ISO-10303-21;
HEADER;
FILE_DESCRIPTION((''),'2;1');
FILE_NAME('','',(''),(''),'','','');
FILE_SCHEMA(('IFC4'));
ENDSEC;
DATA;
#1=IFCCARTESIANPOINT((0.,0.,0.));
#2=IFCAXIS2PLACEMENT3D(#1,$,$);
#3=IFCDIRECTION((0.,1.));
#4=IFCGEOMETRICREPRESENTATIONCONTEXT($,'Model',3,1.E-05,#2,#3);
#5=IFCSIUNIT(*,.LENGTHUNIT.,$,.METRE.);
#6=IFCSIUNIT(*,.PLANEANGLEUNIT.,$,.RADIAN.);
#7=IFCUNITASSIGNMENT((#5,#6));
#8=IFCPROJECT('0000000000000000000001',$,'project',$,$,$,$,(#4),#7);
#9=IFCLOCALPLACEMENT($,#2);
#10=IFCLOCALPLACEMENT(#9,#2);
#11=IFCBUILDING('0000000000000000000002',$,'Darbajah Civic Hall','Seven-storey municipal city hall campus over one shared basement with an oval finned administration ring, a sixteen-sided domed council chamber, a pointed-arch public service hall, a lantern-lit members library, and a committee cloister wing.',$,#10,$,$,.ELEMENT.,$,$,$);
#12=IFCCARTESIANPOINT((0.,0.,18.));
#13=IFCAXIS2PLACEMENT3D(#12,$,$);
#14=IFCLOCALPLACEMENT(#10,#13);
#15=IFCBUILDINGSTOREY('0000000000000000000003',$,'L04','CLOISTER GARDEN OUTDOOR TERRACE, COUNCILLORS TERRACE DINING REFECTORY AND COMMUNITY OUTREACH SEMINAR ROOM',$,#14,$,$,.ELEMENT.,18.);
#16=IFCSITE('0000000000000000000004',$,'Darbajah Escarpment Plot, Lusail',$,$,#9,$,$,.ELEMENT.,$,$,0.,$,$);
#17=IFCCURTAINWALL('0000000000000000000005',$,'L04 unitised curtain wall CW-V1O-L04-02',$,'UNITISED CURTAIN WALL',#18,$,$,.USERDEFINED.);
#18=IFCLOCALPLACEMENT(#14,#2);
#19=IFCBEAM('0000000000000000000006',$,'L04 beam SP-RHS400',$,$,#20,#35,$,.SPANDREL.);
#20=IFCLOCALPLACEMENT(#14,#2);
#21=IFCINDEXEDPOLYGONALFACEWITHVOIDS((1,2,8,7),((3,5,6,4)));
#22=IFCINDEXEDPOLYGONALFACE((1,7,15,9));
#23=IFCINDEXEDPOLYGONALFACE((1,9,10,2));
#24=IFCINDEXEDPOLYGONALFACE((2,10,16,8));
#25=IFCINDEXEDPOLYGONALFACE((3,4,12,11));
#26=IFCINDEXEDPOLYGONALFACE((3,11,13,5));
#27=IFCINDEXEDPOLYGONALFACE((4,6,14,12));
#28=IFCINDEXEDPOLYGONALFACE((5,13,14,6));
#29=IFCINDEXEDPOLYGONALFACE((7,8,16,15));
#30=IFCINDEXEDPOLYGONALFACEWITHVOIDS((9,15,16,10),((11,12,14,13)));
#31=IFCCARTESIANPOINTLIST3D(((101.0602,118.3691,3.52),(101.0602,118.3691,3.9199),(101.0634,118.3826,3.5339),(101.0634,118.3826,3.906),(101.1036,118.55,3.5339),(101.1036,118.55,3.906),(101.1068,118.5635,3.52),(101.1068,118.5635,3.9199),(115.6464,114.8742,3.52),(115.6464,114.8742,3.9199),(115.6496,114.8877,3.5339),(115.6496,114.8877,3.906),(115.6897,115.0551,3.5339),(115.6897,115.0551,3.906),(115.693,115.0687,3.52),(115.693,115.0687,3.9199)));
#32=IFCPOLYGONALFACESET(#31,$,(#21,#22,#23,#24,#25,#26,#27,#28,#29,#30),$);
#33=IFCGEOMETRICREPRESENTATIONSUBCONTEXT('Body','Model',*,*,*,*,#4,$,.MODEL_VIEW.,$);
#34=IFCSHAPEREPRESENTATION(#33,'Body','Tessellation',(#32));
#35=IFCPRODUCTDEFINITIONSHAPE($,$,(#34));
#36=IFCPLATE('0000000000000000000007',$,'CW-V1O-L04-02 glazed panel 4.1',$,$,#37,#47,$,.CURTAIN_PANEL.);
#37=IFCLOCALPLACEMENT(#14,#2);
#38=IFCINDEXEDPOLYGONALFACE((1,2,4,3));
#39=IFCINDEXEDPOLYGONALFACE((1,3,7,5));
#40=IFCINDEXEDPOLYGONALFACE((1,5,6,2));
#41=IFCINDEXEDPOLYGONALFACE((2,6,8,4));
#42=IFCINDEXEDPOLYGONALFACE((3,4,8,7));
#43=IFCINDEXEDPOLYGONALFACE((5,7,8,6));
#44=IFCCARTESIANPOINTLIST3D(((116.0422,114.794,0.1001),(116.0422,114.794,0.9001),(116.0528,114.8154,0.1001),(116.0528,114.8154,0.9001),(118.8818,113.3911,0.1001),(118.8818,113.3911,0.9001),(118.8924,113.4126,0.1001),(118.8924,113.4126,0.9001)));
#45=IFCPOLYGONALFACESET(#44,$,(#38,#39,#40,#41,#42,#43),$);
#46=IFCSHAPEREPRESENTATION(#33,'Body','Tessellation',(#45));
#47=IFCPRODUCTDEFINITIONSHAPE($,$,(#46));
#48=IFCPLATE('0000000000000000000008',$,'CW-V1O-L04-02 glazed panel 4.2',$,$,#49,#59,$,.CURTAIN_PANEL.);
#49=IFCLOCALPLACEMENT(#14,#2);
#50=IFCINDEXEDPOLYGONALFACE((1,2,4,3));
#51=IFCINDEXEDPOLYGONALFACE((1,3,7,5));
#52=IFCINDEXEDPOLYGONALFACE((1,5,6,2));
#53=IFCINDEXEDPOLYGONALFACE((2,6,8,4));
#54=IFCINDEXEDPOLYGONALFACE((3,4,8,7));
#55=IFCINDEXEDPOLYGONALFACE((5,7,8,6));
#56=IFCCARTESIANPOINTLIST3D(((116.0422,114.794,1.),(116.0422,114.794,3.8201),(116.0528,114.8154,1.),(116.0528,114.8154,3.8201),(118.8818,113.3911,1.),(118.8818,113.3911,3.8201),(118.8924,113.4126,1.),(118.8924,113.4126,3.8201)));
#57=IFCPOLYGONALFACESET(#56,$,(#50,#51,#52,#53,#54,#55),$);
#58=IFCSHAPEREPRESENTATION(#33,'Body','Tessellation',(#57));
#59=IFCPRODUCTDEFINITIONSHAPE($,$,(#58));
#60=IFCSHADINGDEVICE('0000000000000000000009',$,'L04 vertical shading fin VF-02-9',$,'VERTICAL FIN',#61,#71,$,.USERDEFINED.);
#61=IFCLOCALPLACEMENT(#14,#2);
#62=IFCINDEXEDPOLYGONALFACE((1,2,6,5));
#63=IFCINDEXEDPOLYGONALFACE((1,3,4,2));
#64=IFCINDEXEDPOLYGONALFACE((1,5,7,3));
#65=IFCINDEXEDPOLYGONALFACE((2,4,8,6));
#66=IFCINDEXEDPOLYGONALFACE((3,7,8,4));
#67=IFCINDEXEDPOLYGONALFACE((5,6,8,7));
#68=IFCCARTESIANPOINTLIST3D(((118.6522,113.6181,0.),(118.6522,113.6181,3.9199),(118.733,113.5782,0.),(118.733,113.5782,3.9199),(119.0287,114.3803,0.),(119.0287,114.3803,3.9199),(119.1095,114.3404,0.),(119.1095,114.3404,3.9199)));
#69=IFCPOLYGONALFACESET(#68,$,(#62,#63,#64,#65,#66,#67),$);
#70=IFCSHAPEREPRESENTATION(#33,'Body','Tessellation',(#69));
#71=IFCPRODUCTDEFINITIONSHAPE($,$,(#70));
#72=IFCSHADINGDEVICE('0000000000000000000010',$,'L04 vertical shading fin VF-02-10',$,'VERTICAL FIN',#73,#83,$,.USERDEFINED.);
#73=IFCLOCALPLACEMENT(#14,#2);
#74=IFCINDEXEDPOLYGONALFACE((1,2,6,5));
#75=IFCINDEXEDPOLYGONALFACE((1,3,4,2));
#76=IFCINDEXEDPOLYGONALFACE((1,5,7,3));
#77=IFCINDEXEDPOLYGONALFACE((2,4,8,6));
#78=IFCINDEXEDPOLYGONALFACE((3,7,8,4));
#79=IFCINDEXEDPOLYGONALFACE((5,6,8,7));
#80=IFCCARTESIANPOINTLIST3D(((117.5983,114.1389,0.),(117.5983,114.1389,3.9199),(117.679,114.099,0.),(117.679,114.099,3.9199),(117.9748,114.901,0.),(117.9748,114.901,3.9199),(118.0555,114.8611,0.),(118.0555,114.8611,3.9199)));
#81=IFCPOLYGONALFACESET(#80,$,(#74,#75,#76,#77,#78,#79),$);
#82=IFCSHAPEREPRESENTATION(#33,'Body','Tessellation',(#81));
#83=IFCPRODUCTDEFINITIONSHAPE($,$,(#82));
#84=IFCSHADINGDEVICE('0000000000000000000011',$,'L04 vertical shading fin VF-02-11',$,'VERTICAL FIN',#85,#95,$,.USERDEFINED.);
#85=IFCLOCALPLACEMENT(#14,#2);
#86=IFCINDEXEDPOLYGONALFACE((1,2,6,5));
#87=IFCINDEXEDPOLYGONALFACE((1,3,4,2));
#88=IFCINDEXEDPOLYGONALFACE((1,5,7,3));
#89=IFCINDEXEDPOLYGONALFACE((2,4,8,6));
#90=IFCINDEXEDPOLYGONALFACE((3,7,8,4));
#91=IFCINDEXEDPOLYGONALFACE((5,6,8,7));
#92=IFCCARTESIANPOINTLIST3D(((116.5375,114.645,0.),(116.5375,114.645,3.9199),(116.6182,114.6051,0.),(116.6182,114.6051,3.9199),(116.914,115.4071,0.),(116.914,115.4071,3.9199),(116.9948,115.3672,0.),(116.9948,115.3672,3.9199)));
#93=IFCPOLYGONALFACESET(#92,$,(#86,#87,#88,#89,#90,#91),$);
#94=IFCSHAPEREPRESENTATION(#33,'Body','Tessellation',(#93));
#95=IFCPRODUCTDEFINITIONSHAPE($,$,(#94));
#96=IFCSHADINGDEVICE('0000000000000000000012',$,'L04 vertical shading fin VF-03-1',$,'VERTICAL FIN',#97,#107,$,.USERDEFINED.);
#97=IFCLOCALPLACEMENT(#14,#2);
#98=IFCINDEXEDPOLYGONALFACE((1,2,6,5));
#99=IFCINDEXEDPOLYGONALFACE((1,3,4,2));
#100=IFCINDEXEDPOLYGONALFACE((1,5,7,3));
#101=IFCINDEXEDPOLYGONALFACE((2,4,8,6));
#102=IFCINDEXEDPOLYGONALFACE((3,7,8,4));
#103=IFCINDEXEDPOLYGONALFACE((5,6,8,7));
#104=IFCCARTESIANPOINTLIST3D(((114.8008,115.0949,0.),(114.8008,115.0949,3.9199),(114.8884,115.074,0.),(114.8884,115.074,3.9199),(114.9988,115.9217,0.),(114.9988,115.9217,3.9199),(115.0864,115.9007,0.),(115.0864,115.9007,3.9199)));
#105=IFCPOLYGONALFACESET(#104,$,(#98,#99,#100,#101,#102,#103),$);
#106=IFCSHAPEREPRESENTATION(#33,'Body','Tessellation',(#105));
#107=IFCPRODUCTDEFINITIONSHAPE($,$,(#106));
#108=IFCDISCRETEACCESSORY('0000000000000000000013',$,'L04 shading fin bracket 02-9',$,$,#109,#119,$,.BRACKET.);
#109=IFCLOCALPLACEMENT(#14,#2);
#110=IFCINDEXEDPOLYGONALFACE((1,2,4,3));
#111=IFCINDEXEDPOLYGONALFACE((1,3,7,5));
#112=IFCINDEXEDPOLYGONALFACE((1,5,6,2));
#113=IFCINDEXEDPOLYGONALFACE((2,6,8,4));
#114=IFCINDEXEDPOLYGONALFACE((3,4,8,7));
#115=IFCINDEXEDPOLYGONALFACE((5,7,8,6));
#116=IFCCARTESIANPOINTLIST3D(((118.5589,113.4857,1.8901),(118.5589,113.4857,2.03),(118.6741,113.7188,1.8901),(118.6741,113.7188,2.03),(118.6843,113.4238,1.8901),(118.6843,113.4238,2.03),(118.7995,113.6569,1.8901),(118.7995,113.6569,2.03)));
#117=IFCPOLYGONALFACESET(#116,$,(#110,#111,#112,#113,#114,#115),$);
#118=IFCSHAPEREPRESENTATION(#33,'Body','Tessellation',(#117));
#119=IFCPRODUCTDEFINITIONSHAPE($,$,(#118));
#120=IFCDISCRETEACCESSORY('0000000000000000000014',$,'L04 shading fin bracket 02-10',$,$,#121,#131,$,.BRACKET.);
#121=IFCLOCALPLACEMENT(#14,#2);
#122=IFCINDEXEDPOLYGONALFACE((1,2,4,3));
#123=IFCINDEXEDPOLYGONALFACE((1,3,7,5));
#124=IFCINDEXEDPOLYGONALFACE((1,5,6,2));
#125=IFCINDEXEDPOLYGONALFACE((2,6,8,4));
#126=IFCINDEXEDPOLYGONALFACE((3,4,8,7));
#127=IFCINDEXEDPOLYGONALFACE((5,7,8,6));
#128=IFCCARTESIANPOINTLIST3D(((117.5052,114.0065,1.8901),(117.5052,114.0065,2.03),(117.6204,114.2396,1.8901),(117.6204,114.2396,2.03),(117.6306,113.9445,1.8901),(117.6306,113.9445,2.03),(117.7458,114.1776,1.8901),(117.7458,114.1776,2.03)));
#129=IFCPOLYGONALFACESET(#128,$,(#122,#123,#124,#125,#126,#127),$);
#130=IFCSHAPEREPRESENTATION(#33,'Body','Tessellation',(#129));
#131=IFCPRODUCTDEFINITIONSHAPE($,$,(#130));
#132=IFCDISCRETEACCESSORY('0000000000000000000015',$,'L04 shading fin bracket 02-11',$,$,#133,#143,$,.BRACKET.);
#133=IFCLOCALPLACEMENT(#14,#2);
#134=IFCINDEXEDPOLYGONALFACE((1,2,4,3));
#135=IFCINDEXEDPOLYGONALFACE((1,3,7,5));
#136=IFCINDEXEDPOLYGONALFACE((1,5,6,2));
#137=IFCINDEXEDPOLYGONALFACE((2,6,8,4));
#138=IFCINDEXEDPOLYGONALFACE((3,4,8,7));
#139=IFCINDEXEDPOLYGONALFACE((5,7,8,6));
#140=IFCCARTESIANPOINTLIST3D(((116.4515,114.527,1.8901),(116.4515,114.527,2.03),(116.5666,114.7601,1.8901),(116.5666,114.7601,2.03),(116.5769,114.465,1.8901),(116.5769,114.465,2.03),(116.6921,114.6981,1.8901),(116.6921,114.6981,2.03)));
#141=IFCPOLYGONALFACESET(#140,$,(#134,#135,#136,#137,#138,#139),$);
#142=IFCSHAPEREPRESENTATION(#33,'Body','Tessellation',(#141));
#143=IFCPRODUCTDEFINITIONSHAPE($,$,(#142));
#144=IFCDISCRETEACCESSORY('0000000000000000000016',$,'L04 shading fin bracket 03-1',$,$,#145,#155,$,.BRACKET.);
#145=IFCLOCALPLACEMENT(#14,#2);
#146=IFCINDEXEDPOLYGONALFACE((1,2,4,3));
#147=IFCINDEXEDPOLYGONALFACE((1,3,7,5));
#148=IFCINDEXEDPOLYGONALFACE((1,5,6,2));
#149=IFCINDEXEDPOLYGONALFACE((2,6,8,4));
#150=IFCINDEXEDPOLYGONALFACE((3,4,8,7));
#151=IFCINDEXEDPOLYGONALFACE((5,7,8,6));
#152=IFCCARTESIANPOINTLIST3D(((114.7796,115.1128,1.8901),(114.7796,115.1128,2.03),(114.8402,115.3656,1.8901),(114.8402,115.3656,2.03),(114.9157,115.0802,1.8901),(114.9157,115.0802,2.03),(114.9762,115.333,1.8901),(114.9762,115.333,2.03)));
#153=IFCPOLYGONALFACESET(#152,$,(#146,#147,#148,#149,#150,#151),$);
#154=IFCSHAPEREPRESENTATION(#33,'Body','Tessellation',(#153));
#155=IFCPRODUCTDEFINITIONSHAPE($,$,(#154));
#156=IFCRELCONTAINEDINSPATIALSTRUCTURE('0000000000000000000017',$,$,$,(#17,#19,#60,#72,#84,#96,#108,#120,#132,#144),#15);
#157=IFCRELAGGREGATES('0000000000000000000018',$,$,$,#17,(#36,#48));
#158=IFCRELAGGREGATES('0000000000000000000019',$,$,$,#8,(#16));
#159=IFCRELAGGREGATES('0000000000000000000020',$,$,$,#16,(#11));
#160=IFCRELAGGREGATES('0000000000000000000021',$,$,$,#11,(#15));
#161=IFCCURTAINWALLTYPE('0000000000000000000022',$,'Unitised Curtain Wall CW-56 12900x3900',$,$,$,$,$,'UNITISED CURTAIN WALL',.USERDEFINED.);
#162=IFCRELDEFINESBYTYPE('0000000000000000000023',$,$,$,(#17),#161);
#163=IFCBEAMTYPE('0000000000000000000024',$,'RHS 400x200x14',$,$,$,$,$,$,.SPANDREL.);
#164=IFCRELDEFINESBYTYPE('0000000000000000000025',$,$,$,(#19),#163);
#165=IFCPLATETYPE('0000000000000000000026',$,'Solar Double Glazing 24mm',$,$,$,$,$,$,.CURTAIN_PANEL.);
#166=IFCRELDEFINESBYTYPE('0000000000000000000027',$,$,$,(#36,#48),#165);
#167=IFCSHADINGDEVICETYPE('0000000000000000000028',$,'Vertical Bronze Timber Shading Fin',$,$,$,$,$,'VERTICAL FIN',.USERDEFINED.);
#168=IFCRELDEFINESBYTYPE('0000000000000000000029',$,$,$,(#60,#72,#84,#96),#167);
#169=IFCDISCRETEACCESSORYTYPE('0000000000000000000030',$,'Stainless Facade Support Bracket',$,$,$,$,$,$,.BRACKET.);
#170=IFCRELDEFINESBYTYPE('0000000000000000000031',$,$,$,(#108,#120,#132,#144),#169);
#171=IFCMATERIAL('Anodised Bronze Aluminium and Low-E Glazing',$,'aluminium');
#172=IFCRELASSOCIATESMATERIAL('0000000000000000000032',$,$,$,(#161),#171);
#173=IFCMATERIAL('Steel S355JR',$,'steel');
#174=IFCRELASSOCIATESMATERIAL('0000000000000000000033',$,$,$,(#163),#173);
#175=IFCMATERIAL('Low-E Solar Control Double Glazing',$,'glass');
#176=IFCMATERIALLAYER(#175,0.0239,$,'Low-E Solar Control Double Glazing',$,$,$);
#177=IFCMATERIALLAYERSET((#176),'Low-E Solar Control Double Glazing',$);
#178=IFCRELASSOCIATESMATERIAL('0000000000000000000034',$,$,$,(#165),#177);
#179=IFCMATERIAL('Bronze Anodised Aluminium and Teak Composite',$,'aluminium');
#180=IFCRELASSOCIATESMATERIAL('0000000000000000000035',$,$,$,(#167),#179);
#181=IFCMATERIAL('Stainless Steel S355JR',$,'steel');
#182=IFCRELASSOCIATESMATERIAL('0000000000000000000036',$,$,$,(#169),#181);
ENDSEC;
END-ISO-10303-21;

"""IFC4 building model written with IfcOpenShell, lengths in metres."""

from ifc_helpers import new_model, si_unit, direction, frame, origin, origin_2d, place, context, subcontext, project, spatial, rectangle, hollow_rectangle, extrude, material, layer, layer_set, material_profile, profile_set, type_object, element, aggregate, save


model = new_model("IFC4")

# Units and contexts
model_context = context("Model", 3, precision=1e-05, world=origin(), true_north=direction((0.0, 1.0)))
body_context = subcontext(model_context, "Body", "Model", "MODEL_VIEW")
ifc_project = project(units=[si_unit("LENGTHUNIT", "METRE"), si_unit("PLANEANGLEUNIT", "RADIAN")], contexts=[model_context])

# Site, building, storey
site_placement = place(None, origin())
site = spatial("IfcSite", under=ifc_project, at=site_placement, Name="Darbajah Escarpment Plot, Lusail", CompositionType="ELEMENT", RefElevation=0.0)
building_placement = place(site_placement, origin())
building = spatial("IfcBuilding", under=site, at=building_placement, Name="Darbajah Civic Hall", Description="Seven-storey municipal city hall campus over one shared basement with an oval finned administration ring, a sixteen-sided domed council chamber, a pointed-arch public service hall, a lantern-lit members library, and a committee cloister wing.", CompositionType="ELEMENT")
storey_placement = place(building_placement, frame((0.0, 0.0, 18.0)))
storey = spatial("IfcBuildingStorey", under=building, at=storey_placement, Name="L04", Description="CLOISTER GARDEN OUTDOOR TERRACE, COUNCILLORS TERRACE DINING REFECTORY AND COMMUNITY OUTREACH SEMINAR ROOM", CompositionType="ELEMENT", Elevation=18.0)

# Curtain wall
ifc_material_1 = material(Name="Anodised Bronze Aluminium and Low-E Glazing", Category="aluminium")
curtain_wall_type_1 = type_object("IfcCurtainWallType", Name="Unitised Curtain Wall CW-56 12900x3900", ElementType="UNITISED CURTAIN WALL", PredefinedType="USERDEFINED", material=ifc_material_1)
curtain_wall_1_placement = place(storey_placement, origin())
curtain_wall_1 = element("IfcCurtainWall", 1, at=curtain_wall_1_placement, inside=storey, type_object=curtain_wall_type_1, Name="L04 unitised curtain wall CW-V1O-L04-02", ObjectType="UNITISED CURTAIN WALL", PredefinedType="USERDEFINED")

# Beam
ifc_material_2 = material(Name="Steel S355JR", Category="steel")
ifc_material_profile_1 = material_profile(ifc_material_2, hollow_rectangle(XDim=0.2, YDim=0.3999, WallThickness=0.0139, at=origin_2d()), Name="RHS 400x200x14")
ifc_profile_set_1 = profile_set([ifc_material_profile_1], Name="Steel S355JR")
beam_type = type_object("IfcBeamType", Name="RHS 400x200x14", PredefinedType="SPANDREL", material=ifc_profile_set_1)
beam_placement = place(storey_placement, frame((115.6697, 114.9714, 3.72), z_axis=(-0.972475, 0.233007, 0.0), x_axis=(-0.233007, -0.972475, 0.0)))
element("IfcBeam", 2, at=beam_placement, inside=storey, type_object=beam_type, Name="L04 beam SP-RHS400", PredefinedType="SPANDREL", context=body_context, shape_type="SweptSolid", body=[
    extrude(hollow_rectangle(XDim=0.2, YDim=0.3999, WallThickness=0.0139, at=origin_2d()), origin(), (0.0, 0.0, 1.0), 14.999),
])

# Plates
ifc_material_3 = material(Name="Low-E Solar Control Double Glazing", Category="glass")
ifc_layer = layer(ifc_material_3, 0.0239, Name="Low-E Solar Control Double Glazing")
ifc_layer_set = layer_set([ifc_layer], Name="Low-E Solar Control Double Glazing")
plate_type = type_object("IfcPlateType", Name="Solar Double Glazing 24mm", PredefinedType="CURTAIN_PANEL", material=ifc_layer_set)
plate_1_placement = place(storey_placement, frame((117.4673, 114.1033, 0.1001), z_axis=(0.0, 0.0, 1.0), x_axis=(-0.896564, 0.442915, 0.0)))
plate_1 = element("IfcPlate", 3, at=plate_1_placement, type_object=plate_type, Name="CW-V1O-L04-02 glazed panel 4.1", PredefinedType="CURTAIN_PANEL", context=body_context, shape_type="SweptSolid", body=[
    extrude(rectangle(XDim=3.1672, YDim=0.0239, at=origin_2d()), origin(), (0.0, 0.0, 1.0), 0.8),
])
plate_2_placement = place(storey_placement, frame((117.4673, 114.1033, 1.0), z_axis=(0.0, 0.0, 1.0), x_axis=(-0.896564, 0.442915, 0.0)))
plate_2 = element("IfcPlate", 4, at=plate_2_placement, type_object=plate_type, Name="CW-V1O-L04-02 glazed panel 4.2", PredefinedType="CURTAIN_PANEL", context=body_context, shape_type="SweptSolid", body=[
    extrude(rectangle(XDim=3.1672, YDim=0.0239, at=origin_2d()), origin(), (0.0, 0.0, 1.0), 2.8201),
])
aggregate(curtain_wall_1, [plate_1, plate_2])

# Shading devices
ifc_material_4 = material(Name="Bronze Anodised Aluminium and Teak Composite", Category="aluminium")
shading_device_type = type_object("IfcShadingDeviceType", Name="Vertical Bronze Timber Shading Fin", ElementType="VERTICAL FIN", PredefinedType="USERDEFINED", material=ifc_material_4)
for number, where, z_axis, x_axis, name in (
    (5, (118.8809, 113.9792, 0.0), (0.0, 0.0, 1.0), (0.442915, 0.896564, 0.0), "L04 vertical shading fin VF-02-9"),
    (6, (117.8269, 114.5, 0.0), (0.0, 0.0, 1.0), (0.442915, 0.896564, 0.0), "L04 vertical shading fin VF-02-10"),
    (7, (116.7661, 115.0061, 0.0), (0.0, 0.0, 1.0), (0.442915, 0.896564, 0.0), "L04 vertical shading fin VF-02-11"),
    (8, (114.9436, 115.4978, 0.0), (0.0, 0.0, 1.0), (0.232936, 0.972492, 0.0), "L04 vertical shading fin VF-03-1"),
):
    element("IfcShadingDevice", number, at=place(storey_placement, frame(where, z_axis=z_axis, x_axis=x_axis)), inside=storey, type_object=shading_device_type, Name=name, ObjectType="VERTICAL FIN", PredefinedType="USERDEFINED", context=body_context, shape_type="SweptSolid", body=[
        extrude(rectangle(XDim=0.8501, YDim=0.0901, at=origin_2d()), origin(), (0.0, 0.0, 1.0), 3.9199),
    ])

# Discrete accessories
ifc_material_5 = material(Name="Stainless Steel S355JR", Category="steel")
discrete_accessory_type = type_object("IfcDiscreteAccessoryType", Name="Stainless Facade Support Bracket", PredefinedType="BRACKET", material=ifc_material_5)
for number, where, z_axis, x_axis, name in (
    (9, (118.6792, 113.5713, 1.8901), (0.0, 0.0, 1.0), (0.442915, 0.896564, 0.0), "L04 shading fin bracket 02-9"),
    (10, (117.6255, 114.092, 1.8901), (0.0, 0.0, 1.0), (0.442915, 0.896564, 0.0), "L04 shading fin bracket 02-10"),
    (11, (116.5718, 114.6125, 1.8901), (0.0, 0.0, 1.0), (0.442915, 0.896564, 0.0), "L04 shading fin bracket 02-11"),
    (12, (114.8779, 115.2229, 1.8901), (0.0, 0.0, 1.0), (0.232936, 0.972492, 0.0), "L04 shading fin bracket 03-1"),
):
    element("IfcDiscreteAccessory", number, at=place(storey_placement, frame(where, z_axis=z_axis, x_axis=x_axis)), inside=storey, type_object=discrete_accessory_type, Name=name, PredefinedType="BRACKET", context=body_context, shape_type="SweptSolid", body=[
        extrude(rectangle(XDim=0.26, YDim=0.1399, at=origin_2d()), origin(), (0.0, 0.0, 1.0), 0.1399),
    ])

save(model, "model.ifc")
